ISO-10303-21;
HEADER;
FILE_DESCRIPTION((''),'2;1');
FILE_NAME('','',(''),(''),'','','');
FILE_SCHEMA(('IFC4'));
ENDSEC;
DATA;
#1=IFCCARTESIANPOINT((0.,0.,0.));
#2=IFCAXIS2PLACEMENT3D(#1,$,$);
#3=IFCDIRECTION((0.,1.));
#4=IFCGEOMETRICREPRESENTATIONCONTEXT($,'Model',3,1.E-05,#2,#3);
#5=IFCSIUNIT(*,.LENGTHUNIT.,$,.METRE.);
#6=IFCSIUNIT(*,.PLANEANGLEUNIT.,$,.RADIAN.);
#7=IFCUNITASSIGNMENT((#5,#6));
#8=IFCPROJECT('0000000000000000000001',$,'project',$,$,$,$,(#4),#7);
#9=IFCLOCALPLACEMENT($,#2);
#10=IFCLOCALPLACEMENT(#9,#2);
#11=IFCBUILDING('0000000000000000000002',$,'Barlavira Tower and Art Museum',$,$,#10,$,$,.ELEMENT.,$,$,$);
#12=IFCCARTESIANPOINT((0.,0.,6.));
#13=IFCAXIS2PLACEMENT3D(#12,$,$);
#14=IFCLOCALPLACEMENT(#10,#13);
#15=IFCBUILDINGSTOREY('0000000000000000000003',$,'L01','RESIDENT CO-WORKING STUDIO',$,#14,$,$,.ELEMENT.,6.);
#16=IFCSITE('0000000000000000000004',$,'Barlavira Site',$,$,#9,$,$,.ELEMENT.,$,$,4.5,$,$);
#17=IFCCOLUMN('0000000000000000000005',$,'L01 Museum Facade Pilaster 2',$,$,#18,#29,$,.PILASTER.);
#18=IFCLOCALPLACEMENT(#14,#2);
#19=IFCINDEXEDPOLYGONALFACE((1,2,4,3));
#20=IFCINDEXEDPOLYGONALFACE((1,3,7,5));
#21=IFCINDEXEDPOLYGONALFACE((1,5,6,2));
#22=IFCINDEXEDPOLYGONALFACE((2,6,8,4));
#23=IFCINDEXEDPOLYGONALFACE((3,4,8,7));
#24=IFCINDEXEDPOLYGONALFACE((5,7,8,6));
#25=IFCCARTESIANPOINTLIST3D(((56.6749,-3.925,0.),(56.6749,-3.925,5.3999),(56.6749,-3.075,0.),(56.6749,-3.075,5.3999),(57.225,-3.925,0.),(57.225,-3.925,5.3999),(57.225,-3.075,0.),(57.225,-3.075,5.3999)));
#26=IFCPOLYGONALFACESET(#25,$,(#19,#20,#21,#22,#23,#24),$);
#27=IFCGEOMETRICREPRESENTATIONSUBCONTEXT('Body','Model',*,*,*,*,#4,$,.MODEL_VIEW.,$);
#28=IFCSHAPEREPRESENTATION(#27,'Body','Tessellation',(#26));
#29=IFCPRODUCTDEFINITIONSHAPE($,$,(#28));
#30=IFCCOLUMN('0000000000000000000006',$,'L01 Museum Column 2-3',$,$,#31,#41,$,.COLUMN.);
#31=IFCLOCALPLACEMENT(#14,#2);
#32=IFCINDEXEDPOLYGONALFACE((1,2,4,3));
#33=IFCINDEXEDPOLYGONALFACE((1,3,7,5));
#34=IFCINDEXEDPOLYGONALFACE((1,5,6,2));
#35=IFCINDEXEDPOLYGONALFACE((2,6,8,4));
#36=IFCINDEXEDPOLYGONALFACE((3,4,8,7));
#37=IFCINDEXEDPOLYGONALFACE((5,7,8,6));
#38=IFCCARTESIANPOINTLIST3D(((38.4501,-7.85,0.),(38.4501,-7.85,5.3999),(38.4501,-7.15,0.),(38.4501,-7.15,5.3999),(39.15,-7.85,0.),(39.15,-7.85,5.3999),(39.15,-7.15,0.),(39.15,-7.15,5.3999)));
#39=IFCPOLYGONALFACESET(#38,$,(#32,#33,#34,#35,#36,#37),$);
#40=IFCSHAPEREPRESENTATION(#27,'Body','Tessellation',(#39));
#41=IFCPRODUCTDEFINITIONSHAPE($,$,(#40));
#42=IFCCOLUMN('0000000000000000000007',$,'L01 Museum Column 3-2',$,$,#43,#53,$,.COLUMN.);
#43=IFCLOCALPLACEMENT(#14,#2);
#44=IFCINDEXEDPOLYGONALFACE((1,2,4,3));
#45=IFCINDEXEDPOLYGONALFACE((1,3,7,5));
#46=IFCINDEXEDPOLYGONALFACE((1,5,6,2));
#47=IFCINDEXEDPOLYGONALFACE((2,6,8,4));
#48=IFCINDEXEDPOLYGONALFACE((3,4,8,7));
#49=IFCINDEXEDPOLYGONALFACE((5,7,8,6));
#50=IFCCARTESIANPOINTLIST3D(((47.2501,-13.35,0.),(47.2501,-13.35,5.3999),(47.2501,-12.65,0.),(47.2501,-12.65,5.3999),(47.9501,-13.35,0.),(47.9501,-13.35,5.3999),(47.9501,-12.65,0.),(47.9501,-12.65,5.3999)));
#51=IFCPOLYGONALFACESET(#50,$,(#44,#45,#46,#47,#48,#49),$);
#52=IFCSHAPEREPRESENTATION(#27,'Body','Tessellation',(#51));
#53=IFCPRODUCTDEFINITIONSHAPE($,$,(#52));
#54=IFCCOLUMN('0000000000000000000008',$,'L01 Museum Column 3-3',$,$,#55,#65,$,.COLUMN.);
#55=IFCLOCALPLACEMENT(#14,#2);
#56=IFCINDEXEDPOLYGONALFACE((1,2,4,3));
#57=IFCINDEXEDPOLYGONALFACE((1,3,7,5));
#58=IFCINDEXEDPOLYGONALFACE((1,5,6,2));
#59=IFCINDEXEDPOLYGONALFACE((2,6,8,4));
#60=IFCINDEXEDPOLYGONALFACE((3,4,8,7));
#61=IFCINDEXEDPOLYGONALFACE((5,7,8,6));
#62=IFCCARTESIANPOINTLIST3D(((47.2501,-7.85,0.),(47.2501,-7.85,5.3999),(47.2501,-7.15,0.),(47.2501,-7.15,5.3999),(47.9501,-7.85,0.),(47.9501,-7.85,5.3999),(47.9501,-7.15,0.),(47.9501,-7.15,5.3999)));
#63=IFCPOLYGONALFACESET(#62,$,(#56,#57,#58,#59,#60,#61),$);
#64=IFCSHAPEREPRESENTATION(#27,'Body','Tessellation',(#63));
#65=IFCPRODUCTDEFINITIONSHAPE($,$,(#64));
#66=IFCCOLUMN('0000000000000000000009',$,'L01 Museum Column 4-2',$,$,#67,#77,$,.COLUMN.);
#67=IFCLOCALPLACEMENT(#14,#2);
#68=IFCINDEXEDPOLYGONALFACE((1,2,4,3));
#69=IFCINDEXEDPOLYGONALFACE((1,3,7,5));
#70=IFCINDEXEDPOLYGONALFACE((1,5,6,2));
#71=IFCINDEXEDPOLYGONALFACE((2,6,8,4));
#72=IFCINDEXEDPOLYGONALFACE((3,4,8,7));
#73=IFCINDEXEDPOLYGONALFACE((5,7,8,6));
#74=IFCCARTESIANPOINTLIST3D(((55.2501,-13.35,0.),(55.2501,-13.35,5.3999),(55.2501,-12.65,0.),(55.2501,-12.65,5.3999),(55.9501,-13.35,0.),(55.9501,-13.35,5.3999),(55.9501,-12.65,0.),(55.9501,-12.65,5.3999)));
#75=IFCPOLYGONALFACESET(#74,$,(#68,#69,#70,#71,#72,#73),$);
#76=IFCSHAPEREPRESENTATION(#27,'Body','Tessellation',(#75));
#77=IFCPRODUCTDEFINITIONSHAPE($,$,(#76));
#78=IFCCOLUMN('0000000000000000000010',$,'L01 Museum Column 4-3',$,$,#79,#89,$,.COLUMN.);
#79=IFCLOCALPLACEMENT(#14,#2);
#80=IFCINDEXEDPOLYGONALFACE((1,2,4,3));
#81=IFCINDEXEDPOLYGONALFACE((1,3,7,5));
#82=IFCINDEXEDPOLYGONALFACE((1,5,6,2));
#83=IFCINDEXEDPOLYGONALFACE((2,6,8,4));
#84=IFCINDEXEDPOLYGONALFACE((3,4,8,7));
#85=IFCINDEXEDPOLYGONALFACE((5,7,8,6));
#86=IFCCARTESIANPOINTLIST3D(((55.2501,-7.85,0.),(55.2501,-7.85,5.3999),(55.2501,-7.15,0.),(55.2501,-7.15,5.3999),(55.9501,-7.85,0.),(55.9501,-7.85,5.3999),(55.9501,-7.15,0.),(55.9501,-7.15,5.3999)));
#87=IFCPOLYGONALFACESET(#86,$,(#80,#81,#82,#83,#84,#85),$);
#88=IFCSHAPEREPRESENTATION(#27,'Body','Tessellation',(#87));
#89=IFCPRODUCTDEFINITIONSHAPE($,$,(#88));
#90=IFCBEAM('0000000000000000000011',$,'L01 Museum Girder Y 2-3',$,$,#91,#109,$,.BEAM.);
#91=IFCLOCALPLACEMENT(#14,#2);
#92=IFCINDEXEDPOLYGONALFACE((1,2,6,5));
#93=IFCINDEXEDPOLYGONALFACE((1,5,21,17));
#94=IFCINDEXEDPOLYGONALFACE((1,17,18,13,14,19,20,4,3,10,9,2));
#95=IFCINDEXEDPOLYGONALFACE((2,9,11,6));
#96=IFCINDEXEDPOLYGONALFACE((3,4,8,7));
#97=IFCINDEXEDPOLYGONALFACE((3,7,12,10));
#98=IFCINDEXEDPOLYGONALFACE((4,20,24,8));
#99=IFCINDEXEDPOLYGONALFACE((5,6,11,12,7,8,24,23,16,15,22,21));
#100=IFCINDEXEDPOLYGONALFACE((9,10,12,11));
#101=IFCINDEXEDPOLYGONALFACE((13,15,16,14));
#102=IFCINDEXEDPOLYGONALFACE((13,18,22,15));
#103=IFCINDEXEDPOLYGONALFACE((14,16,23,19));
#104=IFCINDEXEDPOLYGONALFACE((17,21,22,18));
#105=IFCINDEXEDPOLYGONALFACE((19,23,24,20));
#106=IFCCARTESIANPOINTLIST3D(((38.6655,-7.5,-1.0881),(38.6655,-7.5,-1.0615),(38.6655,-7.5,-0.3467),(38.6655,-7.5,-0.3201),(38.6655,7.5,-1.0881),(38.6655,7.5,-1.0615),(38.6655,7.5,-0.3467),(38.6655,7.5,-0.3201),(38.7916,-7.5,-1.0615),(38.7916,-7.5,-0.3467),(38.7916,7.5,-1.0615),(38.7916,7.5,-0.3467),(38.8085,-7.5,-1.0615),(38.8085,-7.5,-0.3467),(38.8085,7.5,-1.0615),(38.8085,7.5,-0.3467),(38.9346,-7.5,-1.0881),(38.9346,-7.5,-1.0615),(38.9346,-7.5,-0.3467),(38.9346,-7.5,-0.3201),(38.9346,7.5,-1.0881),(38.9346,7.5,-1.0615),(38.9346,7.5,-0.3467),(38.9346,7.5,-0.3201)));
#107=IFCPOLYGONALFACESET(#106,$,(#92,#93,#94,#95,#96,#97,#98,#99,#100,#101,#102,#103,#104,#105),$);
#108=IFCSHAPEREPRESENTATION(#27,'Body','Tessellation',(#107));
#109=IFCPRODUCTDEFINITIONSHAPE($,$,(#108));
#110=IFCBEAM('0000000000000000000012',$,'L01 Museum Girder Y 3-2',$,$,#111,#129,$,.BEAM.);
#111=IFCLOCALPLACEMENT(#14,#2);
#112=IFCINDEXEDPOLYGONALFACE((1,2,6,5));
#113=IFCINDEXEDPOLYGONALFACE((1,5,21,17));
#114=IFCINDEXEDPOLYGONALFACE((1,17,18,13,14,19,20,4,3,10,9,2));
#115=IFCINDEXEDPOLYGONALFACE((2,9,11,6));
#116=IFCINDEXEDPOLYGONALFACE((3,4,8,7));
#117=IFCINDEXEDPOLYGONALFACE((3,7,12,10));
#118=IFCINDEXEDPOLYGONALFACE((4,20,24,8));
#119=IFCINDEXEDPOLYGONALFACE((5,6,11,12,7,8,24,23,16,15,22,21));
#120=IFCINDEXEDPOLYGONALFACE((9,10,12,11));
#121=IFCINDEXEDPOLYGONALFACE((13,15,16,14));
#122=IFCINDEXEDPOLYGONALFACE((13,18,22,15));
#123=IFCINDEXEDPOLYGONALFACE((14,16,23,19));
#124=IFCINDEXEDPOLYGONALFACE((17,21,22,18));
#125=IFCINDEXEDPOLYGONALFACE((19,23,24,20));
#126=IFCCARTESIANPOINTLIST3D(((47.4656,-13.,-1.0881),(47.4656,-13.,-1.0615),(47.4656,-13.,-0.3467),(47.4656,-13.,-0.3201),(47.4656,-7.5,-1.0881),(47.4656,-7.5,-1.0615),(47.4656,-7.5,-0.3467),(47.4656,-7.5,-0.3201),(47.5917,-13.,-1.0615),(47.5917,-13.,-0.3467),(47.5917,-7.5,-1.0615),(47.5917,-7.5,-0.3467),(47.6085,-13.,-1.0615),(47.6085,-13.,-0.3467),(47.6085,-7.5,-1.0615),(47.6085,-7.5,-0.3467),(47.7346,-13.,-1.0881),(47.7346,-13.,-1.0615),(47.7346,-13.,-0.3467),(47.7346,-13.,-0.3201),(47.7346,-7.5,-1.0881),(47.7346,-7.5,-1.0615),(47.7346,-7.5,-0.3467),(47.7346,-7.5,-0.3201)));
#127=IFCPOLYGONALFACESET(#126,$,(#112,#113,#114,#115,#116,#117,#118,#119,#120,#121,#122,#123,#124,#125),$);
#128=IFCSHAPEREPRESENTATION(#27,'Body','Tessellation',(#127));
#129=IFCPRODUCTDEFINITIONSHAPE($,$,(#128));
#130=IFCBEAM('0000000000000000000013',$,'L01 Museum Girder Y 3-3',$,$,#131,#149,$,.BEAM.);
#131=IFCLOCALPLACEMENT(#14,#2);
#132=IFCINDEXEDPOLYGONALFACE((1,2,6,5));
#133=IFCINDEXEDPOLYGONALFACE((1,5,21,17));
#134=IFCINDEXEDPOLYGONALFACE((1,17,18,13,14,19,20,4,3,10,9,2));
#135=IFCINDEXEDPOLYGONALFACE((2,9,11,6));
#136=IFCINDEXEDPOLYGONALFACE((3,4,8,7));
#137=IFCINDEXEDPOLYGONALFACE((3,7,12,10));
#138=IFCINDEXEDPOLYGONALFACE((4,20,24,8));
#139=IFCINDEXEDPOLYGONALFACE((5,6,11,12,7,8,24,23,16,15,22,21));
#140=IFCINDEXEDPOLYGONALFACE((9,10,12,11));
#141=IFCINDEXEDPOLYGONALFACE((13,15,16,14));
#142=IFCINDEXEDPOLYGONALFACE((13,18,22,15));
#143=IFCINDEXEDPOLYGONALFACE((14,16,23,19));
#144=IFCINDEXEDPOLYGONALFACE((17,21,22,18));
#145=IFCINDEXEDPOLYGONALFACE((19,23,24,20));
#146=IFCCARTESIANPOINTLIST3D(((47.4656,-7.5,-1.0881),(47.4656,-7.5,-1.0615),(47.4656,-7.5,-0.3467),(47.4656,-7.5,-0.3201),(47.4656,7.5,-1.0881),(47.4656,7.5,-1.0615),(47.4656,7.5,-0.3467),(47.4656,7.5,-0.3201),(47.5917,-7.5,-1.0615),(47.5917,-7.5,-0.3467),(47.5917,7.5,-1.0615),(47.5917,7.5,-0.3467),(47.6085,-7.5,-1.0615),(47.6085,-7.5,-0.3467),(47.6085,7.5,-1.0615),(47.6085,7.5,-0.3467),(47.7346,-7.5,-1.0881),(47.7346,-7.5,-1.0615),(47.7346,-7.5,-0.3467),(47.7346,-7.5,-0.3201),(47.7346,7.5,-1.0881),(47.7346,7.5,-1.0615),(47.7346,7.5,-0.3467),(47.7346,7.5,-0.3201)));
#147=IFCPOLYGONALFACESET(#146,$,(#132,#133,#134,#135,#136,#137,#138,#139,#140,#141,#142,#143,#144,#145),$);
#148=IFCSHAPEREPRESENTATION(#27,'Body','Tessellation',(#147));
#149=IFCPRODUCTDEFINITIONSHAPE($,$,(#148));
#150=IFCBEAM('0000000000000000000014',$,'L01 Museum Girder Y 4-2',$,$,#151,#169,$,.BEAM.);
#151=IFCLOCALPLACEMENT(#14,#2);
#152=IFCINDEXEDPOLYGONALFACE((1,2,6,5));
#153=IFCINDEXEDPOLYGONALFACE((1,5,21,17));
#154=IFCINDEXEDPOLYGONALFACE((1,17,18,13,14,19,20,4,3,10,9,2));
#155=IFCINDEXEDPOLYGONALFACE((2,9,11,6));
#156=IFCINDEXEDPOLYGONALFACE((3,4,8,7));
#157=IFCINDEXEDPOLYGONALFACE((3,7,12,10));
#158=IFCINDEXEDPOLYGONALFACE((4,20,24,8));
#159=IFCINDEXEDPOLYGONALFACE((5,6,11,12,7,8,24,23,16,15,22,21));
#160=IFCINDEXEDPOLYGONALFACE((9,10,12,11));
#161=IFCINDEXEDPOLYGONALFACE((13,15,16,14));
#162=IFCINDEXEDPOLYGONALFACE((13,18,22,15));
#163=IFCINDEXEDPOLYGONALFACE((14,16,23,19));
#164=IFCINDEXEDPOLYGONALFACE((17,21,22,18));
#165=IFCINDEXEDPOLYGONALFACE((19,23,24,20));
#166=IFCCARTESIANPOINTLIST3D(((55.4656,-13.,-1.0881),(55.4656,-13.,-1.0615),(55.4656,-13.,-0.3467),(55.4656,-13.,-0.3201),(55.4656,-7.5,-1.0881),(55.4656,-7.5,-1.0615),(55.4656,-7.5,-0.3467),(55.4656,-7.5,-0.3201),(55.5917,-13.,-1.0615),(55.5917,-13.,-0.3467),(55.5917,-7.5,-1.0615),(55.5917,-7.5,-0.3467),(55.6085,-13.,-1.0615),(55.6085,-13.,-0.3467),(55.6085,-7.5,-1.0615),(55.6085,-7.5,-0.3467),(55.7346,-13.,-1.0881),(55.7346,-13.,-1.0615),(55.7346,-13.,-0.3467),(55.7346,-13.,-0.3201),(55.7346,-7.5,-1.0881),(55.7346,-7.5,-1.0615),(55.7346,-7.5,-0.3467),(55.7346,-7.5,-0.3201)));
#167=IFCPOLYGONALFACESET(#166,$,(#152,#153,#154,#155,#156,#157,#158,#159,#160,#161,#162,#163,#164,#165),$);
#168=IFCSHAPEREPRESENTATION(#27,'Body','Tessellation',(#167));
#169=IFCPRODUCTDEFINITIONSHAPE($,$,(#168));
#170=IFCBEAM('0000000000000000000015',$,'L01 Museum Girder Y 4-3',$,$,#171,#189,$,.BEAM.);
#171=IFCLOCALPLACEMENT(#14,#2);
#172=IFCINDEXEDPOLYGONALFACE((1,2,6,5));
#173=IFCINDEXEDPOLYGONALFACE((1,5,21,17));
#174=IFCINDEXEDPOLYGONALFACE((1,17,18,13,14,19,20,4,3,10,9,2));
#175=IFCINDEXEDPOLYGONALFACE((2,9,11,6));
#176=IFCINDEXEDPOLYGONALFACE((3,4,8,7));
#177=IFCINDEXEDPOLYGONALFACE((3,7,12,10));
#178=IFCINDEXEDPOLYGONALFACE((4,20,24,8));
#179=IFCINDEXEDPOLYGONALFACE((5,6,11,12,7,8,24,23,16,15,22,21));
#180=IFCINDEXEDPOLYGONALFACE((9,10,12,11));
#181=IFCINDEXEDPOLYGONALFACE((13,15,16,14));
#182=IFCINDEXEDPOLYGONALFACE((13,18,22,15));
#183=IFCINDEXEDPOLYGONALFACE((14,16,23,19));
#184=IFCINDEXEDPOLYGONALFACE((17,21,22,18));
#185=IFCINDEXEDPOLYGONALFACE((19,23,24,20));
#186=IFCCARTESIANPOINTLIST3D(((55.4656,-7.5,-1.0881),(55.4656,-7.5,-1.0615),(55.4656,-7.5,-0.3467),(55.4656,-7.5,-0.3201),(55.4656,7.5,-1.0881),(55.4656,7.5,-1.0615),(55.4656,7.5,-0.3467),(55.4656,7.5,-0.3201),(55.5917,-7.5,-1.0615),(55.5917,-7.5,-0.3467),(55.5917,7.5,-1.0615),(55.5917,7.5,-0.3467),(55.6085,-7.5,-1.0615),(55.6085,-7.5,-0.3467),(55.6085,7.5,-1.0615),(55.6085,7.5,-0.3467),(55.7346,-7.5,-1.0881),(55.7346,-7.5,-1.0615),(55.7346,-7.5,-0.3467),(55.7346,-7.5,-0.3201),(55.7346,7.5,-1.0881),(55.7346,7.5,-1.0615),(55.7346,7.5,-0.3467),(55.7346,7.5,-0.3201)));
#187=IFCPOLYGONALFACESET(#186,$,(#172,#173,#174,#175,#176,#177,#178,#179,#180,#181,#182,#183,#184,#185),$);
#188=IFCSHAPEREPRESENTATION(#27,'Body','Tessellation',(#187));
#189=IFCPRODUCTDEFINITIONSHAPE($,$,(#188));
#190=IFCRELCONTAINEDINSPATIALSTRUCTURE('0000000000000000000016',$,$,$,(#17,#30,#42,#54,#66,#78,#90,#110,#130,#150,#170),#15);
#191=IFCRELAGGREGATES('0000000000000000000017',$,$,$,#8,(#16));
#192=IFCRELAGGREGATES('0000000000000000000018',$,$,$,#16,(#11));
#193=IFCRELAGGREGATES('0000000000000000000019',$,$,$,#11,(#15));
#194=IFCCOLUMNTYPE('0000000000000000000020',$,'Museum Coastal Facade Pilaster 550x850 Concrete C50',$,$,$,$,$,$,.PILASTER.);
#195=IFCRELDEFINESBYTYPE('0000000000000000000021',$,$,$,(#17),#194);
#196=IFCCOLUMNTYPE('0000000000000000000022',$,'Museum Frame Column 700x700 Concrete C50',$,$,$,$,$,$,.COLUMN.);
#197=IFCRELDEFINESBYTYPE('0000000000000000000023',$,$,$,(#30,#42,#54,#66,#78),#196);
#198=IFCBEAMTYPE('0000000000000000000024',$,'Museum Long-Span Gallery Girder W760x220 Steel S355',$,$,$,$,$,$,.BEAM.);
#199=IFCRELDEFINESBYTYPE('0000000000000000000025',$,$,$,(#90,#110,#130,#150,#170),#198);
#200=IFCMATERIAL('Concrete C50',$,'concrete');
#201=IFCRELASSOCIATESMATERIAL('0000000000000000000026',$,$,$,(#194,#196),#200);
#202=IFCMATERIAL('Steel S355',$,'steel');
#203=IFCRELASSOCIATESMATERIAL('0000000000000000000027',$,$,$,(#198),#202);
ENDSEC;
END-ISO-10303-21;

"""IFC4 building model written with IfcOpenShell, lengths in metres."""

from ifc_helpers import new_model, si_unit, direction, frame, origin, origin_2d, place, context, subcontext, project, spatial, rectangle, i_section, extrude, material, material_profile, profile_set, type_object, element, save


model = new_model("IFC4")

# Units and contexts
model_context = context("Model", 3, precision=1e-05, world=origin(), true_north=direction((0.0, 1.0)))
body_context = subcontext(model_context, "Body", "Model", "MODEL_VIEW")
ifc_project = project(units=[si_unit("LENGTHUNIT", "METRE"), si_unit("PLANEANGLEUNIT", "RADIAN")], contexts=[model_context])

# Site, building, storey
site_placement = place(None, origin())
site = spatial("IfcSite", under=ifc_project, at=site_placement, Name="Barlavira Site", CompositionType="ELEMENT", RefElevation=4.5)
building_placement = place(site_placement, origin())
building = spatial("IfcBuilding", under=site, at=building_placement, Name="Barlavira Tower and Art Museum", CompositionType="ELEMENT")
storey_placement = place(building_placement, frame((0.0, 0.0, 6.0)))
storey = spatial("IfcBuildingStorey", under=building, at=storey_placement, Name="L01", Description="RESIDENT CO-WORKING STUDIO", CompositionType="ELEMENT", Elevation=6.0)

# Columns
ifc_material_1 = material(Name="Concrete C50", Category="concrete")
ifc_material_profile_1 = material_profile(ifc_material_1, rectangle(XDim=0.55, YDim=0.8501, at=origin_2d()), Name="RC-PIL 550x850")
ifc_profile_set_1 = profile_set([ifc_material_profile_1], Name="Concrete C50")
column_type_1 = type_object("IfcColumnType", Name="Museum Coastal Facade Pilaster 550x850 Concrete C50", PredefinedType="PILASTER", material=ifc_profile_set_1)
column_placement = place(storey_placement, frame((56.95, -3.5, 0.0), z_axis=(0.0, 0.0, 1.0), x_axis=(1.0, 0.0, 0.0)))
element("IfcColumn", 1, at=column_placement, inside=storey, type_object=column_type_1, Name="L01 Museum Facade Pilaster 2", PredefinedType="PILASTER", context=body_context, shape_type="SweptSolid", body=[
    extrude(rectangle(XDim=0.55, YDim=0.8501, at=origin_2d()), origin(), (0.0, 0.0, 1.0), 5.3999),
])
ifc_material_profile_2 = material_profile(ifc_material_1, rectangle(XDim=0.7, YDim=0.7, at=origin_2d()), Name="RC-COL 700x700")
ifc_profile_set_2 = profile_set([ifc_material_profile_2], Name="Concrete C50")
column_type_2 = type_object("IfcColumnType", Name="Museum Frame Column 700x700 Concrete C50", PredefinedType="COLUMN", material=ifc_profile_set_2)
for number, where, z_axis, x_axis, name in (
    (2, (38.8, -7.5, 0.0), (0.0, 0.0, 1.0), (1.0, 0.0, 0.0), "L01 Museum Column 2-3"),
    (3, (47.6001, -13.0, 0.0), (0.0, 0.0, 1.0), (1.0, 0.0, 0.0), "L01 Museum Column 3-2"),
    (4, (47.6001, -7.5, 0.0), (0.0, 0.0, 1.0), (1.0, 0.0, 0.0), "L01 Museum Column 3-3"),
    (5, (55.6001, -13.0, 0.0), (0.0, 0.0, 1.0), (1.0, 0.0, 0.0), "L01 Museum Column 4-2"),
    (6, (55.6001, -7.5, 0.0), (0.0, 0.0, 1.0), (1.0, 0.0, 0.0), "L01 Museum Column 4-3"),
):
    element("IfcColumn", number, at=place(storey_placement, frame(where, z_axis=z_axis, x_axis=x_axis)), inside=storey, type_object=column_type_2, Name=name, PredefinedType="COLUMN", context=body_context, shape_type="SweptSolid", body=[
        extrude(rectangle(XDim=0.7, YDim=0.7, at=origin_2d()), origin(), (0.0, 0.0, 1.0), 5.3999),
    ])

# Beams
ifc_material_2 = material(Name="Steel S355", Category="steel")
ifc_material_profile_3 = material_profile(ifc_material_2, i_section(OverallWidth=0.269, OverallDepth=0.7681, WebThickness=0.0168, FlangeThickness=0.0266, at=origin_2d()), Name="W760x220.0")
ifc_profile_set_3 = profile_set([ifc_material_profile_3], Name="Steel S355")
beam_type_1 = type_object("IfcBeamType", Name="Museum Long-Span Gallery Girder W760x220 Steel S355", PredefinedType="BEAM", material=ifc_profile_set_3)
beam_1_placement = place(storey_placement, frame((38.8, -7.5, -0.7041), z_axis=(0.0, 1.0, 0.0), x_axis=(-1.0, 0.0, 0.0)))
element("IfcBeam", 7, at=beam_1_placement, inside=storey, type_object=beam_type_1, Name="L01 Museum Girder Y 2-3", PredefinedType="BEAM", context=body_context, shape_type="SweptSolid", body=[
    extrude(i_section(OverallWidth=0.269, OverallDepth=0.7681, WebThickness=0.0168, FlangeThickness=0.0266, at=origin_2d()), origin(), (0.0, 0.0, 1.0), 15.0),
])
beam_2_placement = place(storey_placement, frame((47.6001, -13.0, -0.7041), z_axis=(0.0, 1.0, 0.0), x_axis=(-1.0, 0.0, 0.0)))
element("IfcBeam", 8, at=beam_2_placement, inside=storey, type_object=beam_type_1, Name="L01 Museum Girder Y 3-2", PredefinedType="BEAM", context=body_context, shape_type="SweptSolid", body=[
    extrude(i_section(OverallWidth=0.269, OverallDepth=0.7681, WebThickness=0.0168, FlangeThickness=0.0266, at=origin_2d()), origin(), (0.0, 0.0, 1.0), 5.5),
])
beam_3_placement = place(storey_placement, frame((47.6001, -7.5, -0.7041), z_axis=(0.0, 1.0, 0.0), x_axis=(-1.0, 0.0, 0.0)))
element("IfcBeam", 9, at=beam_3_placement, inside=storey, type_object=beam_type_1, Name="L01 Museum Girder Y 3-3", PredefinedType="BEAM", context=body_context, shape_type="SweptSolid", body=[
    extrude(i_section(OverallWidth=0.269, OverallDepth=0.7681, WebThickness=0.0168, FlangeThickness=0.0266, at=origin_2d()), origin(), (0.0, 0.0, 1.0), 15.0),
])
beam_4_placement = place(storey_placement, frame((55.6001, -13.0, -0.7041), z_axis=(0.0, 1.0, 0.0), x_axis=(-1.0, 0.0, 0.0)))
element("IfcBeam", 10, at=beam_4_placement, inside=storey, type_object=beam_type_1, Name="L01 Museum Girder Y 4-2", PredefinedType="BEAM", context=body_context, shape_type="SweptSolid", body=[
    extrude(i_section(OverallWidth=0.269, OverallDepth=0.7681, WebThickness=0.0168, FlangeThickness=0.0266, at=origin_2d()), origin(), (0.0, 0.0, 1.0), 5.5),
])
beam_5_placement = place(storey_placement, frame((55.6001, -7.5, -0.7041), z_axis=(0.0, 1.0, 0.0), x_axis=(-1.0, 0.0, 0.0)))
element("IfcBeam", 11, at=beam_5_placement, inside=storey, type_object=beam_type_1, Name="L01 Museum Girder Y 4-3", PredefinedType="BEAM", context=body_context, shape_type="SweptSolid", body=[
    extrude(i_section(OverallWidth=0.269, OverallDepth=0.7681, WebThickness=0.0168, FlangeThickness=0.0266, at=origin_2d()), origin(), (0.0, 0.0, 1.0), 15.0),
])

save(model, "model.ifc")
